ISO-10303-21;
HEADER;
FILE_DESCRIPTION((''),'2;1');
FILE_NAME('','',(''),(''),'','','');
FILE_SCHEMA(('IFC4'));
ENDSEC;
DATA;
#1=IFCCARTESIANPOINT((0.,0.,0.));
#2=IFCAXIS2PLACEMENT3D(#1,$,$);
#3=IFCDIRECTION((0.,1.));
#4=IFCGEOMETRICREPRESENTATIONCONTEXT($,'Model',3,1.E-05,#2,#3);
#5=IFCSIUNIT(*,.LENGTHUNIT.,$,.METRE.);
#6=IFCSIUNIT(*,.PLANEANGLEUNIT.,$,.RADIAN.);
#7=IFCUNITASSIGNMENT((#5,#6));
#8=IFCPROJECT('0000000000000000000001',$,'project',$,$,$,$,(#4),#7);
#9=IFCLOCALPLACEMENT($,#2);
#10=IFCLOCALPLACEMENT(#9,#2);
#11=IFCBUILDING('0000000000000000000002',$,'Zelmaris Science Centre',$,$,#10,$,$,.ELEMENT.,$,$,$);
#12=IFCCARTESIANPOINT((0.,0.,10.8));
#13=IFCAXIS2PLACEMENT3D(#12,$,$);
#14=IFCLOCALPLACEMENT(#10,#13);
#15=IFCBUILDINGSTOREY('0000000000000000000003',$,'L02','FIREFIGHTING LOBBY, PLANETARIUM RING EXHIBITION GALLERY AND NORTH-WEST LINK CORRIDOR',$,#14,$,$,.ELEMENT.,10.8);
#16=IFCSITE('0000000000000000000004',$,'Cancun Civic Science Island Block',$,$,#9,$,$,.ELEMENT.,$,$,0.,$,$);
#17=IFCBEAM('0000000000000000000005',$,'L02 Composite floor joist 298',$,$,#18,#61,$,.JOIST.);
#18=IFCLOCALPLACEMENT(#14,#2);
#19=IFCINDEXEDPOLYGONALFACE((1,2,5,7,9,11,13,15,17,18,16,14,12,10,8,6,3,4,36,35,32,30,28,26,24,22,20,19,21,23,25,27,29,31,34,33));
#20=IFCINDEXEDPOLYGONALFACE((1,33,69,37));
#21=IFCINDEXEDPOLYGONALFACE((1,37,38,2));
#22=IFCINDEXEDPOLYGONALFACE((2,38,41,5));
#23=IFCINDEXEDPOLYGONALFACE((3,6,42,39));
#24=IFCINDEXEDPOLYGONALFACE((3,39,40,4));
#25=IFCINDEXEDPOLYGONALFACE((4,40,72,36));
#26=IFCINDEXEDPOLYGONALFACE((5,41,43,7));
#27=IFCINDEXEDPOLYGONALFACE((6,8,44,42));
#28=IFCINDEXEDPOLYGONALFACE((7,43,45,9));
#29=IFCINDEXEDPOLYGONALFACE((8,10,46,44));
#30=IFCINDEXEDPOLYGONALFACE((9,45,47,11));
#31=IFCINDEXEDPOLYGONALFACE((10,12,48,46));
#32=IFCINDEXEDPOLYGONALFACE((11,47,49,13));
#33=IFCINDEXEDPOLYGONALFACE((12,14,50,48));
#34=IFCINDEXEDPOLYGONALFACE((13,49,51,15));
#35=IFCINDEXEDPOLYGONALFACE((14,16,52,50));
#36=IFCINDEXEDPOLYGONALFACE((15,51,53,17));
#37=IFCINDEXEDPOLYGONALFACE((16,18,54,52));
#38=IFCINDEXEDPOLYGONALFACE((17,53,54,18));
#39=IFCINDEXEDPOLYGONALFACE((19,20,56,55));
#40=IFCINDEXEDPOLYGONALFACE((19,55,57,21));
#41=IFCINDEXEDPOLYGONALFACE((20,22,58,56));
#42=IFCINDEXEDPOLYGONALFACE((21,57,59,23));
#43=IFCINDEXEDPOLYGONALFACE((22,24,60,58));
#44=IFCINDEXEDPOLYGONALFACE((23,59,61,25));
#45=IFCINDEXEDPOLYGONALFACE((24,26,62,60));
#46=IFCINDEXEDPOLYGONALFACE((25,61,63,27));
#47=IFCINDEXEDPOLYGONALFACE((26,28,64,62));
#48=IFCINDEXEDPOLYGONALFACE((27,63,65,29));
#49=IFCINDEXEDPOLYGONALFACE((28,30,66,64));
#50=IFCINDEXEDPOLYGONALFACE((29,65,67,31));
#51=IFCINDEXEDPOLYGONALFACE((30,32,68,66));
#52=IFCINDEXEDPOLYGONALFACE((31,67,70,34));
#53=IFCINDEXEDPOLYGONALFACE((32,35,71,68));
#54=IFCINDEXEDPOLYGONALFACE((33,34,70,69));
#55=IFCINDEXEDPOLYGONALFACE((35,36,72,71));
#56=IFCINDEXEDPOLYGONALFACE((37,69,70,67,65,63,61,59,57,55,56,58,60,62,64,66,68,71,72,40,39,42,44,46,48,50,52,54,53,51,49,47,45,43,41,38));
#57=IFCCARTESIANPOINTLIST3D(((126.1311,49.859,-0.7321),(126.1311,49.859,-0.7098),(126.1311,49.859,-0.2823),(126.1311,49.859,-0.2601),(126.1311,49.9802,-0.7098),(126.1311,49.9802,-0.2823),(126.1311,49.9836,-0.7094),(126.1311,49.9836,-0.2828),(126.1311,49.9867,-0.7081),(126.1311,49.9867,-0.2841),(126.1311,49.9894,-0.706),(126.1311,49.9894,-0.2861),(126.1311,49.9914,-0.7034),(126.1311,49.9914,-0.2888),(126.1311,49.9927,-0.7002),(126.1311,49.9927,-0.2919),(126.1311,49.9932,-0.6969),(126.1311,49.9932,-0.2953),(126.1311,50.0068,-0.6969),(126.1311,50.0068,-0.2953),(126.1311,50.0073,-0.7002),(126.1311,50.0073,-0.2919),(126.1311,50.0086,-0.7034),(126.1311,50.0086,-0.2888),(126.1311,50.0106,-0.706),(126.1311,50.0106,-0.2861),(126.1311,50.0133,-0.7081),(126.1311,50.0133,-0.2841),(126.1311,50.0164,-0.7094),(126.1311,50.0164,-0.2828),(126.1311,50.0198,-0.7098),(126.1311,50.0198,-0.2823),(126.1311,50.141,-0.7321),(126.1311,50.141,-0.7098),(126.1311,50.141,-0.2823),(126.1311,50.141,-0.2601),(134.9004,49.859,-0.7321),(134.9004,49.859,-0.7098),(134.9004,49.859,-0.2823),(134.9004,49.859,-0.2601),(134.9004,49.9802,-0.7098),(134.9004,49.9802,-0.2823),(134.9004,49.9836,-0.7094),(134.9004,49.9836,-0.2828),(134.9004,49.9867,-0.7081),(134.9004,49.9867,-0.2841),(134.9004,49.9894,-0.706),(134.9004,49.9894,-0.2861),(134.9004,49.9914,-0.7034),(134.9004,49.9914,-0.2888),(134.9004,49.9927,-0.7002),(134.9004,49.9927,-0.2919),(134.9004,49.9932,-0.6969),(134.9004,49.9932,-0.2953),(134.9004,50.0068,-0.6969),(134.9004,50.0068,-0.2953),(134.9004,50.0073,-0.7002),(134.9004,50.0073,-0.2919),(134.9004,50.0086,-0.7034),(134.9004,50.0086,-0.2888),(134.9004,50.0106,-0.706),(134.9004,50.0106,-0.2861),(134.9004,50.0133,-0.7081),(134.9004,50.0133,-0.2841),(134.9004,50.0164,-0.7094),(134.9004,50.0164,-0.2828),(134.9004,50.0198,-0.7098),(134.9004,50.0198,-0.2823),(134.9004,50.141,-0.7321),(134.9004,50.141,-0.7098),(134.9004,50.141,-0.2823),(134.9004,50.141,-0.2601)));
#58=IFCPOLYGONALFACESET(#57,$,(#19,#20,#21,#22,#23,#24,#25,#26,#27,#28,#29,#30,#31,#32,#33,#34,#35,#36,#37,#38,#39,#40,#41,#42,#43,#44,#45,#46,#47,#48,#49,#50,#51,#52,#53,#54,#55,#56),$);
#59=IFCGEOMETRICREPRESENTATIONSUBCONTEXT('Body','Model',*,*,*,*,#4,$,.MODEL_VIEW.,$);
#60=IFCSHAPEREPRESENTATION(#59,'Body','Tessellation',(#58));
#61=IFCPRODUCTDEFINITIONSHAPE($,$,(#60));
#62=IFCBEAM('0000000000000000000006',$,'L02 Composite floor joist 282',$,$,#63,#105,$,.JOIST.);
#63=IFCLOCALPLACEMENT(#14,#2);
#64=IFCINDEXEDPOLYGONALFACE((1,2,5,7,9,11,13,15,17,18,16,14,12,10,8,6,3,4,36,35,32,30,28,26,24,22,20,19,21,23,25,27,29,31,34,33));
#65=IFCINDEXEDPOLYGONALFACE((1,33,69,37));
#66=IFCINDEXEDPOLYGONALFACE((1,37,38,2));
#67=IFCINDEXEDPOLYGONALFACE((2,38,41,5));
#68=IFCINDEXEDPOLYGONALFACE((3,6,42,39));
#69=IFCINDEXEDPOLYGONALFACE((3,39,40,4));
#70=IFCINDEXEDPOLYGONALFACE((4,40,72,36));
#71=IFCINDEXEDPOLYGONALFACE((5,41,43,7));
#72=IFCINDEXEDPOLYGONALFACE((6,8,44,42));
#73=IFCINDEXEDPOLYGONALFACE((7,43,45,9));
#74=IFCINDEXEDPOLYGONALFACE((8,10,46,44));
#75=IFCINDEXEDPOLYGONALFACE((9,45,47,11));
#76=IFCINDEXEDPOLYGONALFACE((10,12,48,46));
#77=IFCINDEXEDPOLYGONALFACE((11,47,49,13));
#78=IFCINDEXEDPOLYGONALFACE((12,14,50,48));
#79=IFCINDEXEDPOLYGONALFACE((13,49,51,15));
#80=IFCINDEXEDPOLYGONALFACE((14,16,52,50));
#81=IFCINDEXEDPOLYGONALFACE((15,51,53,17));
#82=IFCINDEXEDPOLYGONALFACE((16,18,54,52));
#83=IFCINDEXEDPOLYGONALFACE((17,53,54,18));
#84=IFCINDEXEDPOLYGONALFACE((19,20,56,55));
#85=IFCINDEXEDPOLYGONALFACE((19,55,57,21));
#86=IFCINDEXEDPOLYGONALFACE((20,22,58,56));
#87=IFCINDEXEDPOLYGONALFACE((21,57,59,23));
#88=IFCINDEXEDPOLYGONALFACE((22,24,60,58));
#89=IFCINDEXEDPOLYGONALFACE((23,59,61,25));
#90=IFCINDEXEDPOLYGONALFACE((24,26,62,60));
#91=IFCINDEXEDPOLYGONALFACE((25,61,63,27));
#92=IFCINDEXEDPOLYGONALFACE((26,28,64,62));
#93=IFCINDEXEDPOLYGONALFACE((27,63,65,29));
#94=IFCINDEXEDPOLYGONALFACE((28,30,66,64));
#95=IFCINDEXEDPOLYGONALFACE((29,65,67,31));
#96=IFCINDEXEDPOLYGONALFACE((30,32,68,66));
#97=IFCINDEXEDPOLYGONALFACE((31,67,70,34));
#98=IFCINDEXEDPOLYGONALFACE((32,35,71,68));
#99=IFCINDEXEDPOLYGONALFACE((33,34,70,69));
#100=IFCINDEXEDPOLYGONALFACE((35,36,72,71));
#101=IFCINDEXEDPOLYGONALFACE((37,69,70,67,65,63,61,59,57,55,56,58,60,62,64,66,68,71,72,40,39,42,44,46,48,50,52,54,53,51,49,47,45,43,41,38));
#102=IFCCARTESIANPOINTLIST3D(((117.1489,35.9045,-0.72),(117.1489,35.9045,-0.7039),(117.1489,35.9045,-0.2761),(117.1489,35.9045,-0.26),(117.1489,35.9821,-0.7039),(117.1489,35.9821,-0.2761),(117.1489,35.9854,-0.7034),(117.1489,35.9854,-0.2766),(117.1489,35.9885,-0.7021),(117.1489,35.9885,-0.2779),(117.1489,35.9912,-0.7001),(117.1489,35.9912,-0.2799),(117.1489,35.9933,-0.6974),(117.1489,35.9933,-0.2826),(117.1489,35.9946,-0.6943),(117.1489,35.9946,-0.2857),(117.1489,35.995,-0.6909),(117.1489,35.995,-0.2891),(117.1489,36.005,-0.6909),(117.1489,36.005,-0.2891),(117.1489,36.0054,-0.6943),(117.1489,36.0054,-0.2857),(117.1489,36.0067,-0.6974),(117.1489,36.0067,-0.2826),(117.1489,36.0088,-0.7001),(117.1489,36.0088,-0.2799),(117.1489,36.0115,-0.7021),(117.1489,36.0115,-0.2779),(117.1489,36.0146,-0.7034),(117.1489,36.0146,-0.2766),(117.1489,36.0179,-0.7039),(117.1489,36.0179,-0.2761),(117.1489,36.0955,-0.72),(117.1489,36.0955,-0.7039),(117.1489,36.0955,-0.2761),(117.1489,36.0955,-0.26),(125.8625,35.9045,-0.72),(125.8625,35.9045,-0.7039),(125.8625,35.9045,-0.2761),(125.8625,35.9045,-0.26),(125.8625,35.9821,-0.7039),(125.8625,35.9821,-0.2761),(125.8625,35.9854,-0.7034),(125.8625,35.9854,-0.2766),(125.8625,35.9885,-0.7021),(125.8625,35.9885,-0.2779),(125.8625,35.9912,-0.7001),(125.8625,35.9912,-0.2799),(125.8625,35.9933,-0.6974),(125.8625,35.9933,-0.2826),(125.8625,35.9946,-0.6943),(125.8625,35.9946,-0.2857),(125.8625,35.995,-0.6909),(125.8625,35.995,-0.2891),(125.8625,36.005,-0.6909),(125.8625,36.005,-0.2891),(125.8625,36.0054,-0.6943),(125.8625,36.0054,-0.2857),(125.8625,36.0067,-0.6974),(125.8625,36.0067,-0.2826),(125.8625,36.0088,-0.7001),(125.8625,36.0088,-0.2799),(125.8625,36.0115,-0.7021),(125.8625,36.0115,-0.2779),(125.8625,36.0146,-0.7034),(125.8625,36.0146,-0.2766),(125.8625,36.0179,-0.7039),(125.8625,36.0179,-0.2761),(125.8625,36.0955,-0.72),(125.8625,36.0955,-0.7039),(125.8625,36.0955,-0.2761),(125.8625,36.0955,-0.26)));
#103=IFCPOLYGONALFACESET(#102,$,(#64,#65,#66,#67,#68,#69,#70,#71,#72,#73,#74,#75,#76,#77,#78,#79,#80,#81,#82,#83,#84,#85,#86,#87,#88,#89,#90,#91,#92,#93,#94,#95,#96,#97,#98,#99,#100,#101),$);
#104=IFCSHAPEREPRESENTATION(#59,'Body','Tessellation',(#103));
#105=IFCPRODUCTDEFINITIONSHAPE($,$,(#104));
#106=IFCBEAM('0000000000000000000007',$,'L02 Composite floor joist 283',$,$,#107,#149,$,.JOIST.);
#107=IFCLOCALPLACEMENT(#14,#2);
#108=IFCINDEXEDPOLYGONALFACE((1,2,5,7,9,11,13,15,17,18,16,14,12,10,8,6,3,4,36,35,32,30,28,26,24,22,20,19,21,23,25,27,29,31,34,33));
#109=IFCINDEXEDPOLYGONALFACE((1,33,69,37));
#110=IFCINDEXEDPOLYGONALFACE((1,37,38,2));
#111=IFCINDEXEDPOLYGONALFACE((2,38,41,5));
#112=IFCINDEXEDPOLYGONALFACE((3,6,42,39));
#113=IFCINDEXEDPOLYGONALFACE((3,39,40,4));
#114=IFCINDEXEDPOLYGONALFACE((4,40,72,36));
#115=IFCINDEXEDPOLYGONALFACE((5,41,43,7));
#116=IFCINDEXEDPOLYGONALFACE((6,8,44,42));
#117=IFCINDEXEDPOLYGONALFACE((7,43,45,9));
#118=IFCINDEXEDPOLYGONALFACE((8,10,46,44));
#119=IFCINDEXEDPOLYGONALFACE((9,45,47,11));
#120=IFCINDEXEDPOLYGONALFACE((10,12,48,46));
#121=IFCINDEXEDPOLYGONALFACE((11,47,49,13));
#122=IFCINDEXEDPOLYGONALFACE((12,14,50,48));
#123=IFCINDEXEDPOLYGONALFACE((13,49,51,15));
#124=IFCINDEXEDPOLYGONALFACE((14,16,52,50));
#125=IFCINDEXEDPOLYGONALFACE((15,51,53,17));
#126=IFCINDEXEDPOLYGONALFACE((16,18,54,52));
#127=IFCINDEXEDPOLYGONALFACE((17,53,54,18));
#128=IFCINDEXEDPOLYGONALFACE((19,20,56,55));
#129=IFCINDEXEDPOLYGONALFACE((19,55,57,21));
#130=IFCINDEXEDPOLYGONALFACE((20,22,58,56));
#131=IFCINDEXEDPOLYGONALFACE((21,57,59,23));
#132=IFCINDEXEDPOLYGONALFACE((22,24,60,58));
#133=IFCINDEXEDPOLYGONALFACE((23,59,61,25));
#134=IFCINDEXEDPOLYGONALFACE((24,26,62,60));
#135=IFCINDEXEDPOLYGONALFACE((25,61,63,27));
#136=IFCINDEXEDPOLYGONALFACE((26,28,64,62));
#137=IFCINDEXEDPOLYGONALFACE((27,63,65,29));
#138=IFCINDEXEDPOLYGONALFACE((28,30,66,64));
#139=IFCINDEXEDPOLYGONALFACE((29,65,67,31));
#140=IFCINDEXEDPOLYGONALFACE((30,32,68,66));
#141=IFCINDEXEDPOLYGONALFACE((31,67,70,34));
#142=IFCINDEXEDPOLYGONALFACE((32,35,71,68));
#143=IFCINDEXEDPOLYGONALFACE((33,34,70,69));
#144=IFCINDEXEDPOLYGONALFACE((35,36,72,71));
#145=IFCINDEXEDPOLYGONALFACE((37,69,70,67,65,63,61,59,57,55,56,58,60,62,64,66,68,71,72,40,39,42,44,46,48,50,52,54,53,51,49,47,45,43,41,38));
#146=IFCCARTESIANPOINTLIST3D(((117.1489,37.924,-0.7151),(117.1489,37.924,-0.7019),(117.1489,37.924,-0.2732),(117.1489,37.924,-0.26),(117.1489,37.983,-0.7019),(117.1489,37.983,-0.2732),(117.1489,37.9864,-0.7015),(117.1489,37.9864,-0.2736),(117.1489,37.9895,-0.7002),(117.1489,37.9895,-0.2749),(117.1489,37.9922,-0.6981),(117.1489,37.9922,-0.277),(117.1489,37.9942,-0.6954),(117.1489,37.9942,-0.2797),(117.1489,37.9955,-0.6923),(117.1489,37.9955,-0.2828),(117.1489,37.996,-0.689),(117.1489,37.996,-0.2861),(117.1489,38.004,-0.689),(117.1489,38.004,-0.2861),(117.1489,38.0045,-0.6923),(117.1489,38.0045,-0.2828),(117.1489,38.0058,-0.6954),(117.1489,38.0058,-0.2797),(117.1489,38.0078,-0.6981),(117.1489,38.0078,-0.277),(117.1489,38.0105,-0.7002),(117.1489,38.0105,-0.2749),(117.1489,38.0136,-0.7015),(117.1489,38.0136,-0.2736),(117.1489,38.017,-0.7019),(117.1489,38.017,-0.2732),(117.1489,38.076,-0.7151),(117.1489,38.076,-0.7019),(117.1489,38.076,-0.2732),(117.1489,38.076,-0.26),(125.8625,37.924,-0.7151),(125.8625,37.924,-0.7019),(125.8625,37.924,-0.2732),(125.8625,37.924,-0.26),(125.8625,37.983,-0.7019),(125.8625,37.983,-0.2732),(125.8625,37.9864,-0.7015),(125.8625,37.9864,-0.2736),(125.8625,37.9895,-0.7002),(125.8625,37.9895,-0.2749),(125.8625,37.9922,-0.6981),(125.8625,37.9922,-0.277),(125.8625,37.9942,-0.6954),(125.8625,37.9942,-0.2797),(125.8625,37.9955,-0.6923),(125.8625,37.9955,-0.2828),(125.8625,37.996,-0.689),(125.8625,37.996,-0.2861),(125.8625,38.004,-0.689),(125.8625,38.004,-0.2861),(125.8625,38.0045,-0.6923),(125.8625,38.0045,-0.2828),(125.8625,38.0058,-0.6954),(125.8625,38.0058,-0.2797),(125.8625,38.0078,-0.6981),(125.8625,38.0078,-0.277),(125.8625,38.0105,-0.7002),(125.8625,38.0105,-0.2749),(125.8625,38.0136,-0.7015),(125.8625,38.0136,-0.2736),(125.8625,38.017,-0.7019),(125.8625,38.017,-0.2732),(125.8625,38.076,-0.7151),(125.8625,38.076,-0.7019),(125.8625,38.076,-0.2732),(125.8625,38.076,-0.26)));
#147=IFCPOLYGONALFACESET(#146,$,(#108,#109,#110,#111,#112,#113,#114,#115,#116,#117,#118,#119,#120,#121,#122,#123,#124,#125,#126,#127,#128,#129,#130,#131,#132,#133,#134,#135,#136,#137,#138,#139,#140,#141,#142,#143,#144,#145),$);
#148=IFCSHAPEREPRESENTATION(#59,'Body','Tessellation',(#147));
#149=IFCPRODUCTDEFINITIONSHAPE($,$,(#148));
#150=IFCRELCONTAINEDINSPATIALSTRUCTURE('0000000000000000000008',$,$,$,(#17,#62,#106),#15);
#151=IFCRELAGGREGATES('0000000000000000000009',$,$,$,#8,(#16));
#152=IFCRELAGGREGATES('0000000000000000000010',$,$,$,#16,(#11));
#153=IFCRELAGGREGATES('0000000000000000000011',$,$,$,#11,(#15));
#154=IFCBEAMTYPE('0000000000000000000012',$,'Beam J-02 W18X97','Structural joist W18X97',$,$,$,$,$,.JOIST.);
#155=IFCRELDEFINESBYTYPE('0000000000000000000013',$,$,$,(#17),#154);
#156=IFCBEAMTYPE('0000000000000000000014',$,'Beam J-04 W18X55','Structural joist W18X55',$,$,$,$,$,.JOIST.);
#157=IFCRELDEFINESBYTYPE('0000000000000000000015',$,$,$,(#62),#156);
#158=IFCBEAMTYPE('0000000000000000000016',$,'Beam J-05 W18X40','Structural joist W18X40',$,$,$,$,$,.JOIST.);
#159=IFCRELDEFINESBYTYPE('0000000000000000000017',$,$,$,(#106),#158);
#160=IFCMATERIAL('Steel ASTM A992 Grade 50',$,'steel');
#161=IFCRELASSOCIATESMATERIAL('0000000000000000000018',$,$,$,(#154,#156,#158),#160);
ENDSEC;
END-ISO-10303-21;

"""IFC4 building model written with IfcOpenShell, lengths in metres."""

from ifc_helpers import new_model, si_unit, direction, frame, origin, origin_2d, place, context, subcontext, project, spatial, i_section, extrude, material, material_profile, profile_set, type_object, element, save


model = new_model("IFC4")

# Units and contexts
model_context = context("Model", 3, precision=1e-05, world=origin(), true_north=direction((0.0, 1.0)))
body_context = subcontext(model_context, "Body", "Model", "MODEL_VIEW")
ifc_project = project(units=[si_unit("LENGTHUNIT", "METRE"), si_unit("PLANEANGLEUNIT", "RADIAN")], contexts=[model_context])

# Site, building, storey
site_placement = place(None, origin())
site = spatial("IfcSite", under=ifc_project, at=site_placement, Name="Cancun Civic Science Island Block", CompositionType="ELEMENT", RefElevation=0.0)
building_placement = place(site_placement, origin())
building = spatial("IfcBuilding", under=site, at=building_placement, Name="Zelmaris Science Centre", CompositionType="ELEMENT")
storey_placement = place(building_placement, frame((0.0, 0.0, 10.8)))
storey = spatial("IfcBuildingStorey", under=building, at=storey_placement, Name="L02", Description="FIREFIGHTING LOBBY, PLANETARIUM RING EXHIBITION GALLERY AND NORTH-WEST LINK CORRIDOR", CompositionType="ELEMENT", Elevation=10.8)

# Shared definitions
ifc_material_1 = material(Name="Steel ASTM A992 Grade 50", Category="steel")

# Beams
ifc_material_profile_1 = material_profile(ifc_material_1, i_section(OverallWidth=0.282, OverallDepth=0.4719, WebThickness=0.0137, FlangeThickness=0.0222, FilletRadius=0.0129, at=origin_2d()), Name="W18X97")
ifc_profile_set_1 = profile_set([ifc_material_profile_1], Name="Steel ASTM A992 Grade 50")
beam_type_1 = type_object("IfcBeamType", Name="Beam J-02 W18X97", Description="Structural joist W18X97", PredefinedType="JOIST", material=ifc_profile_set_1)
beam_1_placement = place(storey_placement, frame((126.1311, 50.0, -0.4961), z_axis=(1.0, 0.0, 0.0), x_axis=(0.0, 1.0, 0.0)))
element("IfcBeam", 1, at=beam_1_placement, inside=storey, type_object=beam_type_1, Name="L02 Composite floor joist 298", PredefinedType="JOIST", context=body_context, shape_type="SweptSolid", body=[
    extrude(i_section(OverallWidth=0.282, OverallDepth=0.4719, WebThickness=0.0137, FlangeThickness=0.0222, FilletRadius=0.0129, at=origin_2d()), origin(), (0.0, 0.0, 1.0), 8.7693),
])
ifc_material_profile_2 = material_profile(ifc_material_1, i_section(OverallWidth=0.1909, OverallDepth=0.46, WebThickness=0.01, FlangeThickness=0.0161, FilletRadius=0.0129, at=origin_2d()), Name="W18X55")
ifc_profile_set_2 = profile_set([ifc_material_profile_2], Name="Steel ASTM A992 Grade 50")
beam_type_2 = type_object("IfcBeamType", Name="Beam J-04 W18X55", Description="Structural joist W18X55", PredefinedType="JOIST", material=ifc_profile_set_2)
beam_2_placement = place(storey_placement, frame((117.1489, 36.0, -0.49), z_axis=(1.0, 0.0, 0.0), x_axis=(0.0, 1.0, 0.0)))
element("IfcBeam", 2, at=beam_2_placement, inside=storey, type_object=beam_type_2, Name="L02 Composite floor joist 282", PredefinedType="JOIST", context=body_context, shape_type="SweptSolid", body=[
    extrude(i_section(OverallWidth=0.1909, OverallDepth=0.46, WebThickness=0.01, FlangeThickness=0.0161, FilletRadius=0.0129, at=origin_2d()), origin(), (0.0, 0.0, 1.0), 8.7136),
])
ifc_material_profile_3 = material_profile(ifc_material_1, i_section(OverallWidth=0.1521, OverallDepth=0.4551, WebThickness=0.0081, FlangeThickness=0.0132, FilletRadius=0.0129, at=origin_2d()), Name="W18X40")
ifc_profile_set_3 = profile_set([ifc_material_profile_3], Name="Steel ASTM A992 Grade 50")
beam_type_3 = type_object("IfcBeamType", Name="Beam J-05 W18X40", Description="Structural joist W18X40", PredefinedType="JOIST", material=ifc_profile_set_3)
beam_3_placement = place(storey_placement, frame((117.1489, 38.0, -0.4875), z_axis=(1.0, 0.0, 0.0), x_axis=(0.0, 1.0, 0.0)))
element("IfcBeam", 3, at=beam_3_placement, inside=storey, type_object=beam_type_3, Name="L02 Composite floor joist 283", PredefinedType="JOIST", context=body_context, shape_type="SweptSolid", body=[
    extrude(i_section(OverallWidth=0.1521, OverallDepth=0.4551, WebThickness=0.0081, FlangeThickness=0.0132, FilletRadius=0.0129, at=origin_2d()), origin(), (0.0, 0.0, 1.0), 8.7136),
])

save(model, "model.ifc")
